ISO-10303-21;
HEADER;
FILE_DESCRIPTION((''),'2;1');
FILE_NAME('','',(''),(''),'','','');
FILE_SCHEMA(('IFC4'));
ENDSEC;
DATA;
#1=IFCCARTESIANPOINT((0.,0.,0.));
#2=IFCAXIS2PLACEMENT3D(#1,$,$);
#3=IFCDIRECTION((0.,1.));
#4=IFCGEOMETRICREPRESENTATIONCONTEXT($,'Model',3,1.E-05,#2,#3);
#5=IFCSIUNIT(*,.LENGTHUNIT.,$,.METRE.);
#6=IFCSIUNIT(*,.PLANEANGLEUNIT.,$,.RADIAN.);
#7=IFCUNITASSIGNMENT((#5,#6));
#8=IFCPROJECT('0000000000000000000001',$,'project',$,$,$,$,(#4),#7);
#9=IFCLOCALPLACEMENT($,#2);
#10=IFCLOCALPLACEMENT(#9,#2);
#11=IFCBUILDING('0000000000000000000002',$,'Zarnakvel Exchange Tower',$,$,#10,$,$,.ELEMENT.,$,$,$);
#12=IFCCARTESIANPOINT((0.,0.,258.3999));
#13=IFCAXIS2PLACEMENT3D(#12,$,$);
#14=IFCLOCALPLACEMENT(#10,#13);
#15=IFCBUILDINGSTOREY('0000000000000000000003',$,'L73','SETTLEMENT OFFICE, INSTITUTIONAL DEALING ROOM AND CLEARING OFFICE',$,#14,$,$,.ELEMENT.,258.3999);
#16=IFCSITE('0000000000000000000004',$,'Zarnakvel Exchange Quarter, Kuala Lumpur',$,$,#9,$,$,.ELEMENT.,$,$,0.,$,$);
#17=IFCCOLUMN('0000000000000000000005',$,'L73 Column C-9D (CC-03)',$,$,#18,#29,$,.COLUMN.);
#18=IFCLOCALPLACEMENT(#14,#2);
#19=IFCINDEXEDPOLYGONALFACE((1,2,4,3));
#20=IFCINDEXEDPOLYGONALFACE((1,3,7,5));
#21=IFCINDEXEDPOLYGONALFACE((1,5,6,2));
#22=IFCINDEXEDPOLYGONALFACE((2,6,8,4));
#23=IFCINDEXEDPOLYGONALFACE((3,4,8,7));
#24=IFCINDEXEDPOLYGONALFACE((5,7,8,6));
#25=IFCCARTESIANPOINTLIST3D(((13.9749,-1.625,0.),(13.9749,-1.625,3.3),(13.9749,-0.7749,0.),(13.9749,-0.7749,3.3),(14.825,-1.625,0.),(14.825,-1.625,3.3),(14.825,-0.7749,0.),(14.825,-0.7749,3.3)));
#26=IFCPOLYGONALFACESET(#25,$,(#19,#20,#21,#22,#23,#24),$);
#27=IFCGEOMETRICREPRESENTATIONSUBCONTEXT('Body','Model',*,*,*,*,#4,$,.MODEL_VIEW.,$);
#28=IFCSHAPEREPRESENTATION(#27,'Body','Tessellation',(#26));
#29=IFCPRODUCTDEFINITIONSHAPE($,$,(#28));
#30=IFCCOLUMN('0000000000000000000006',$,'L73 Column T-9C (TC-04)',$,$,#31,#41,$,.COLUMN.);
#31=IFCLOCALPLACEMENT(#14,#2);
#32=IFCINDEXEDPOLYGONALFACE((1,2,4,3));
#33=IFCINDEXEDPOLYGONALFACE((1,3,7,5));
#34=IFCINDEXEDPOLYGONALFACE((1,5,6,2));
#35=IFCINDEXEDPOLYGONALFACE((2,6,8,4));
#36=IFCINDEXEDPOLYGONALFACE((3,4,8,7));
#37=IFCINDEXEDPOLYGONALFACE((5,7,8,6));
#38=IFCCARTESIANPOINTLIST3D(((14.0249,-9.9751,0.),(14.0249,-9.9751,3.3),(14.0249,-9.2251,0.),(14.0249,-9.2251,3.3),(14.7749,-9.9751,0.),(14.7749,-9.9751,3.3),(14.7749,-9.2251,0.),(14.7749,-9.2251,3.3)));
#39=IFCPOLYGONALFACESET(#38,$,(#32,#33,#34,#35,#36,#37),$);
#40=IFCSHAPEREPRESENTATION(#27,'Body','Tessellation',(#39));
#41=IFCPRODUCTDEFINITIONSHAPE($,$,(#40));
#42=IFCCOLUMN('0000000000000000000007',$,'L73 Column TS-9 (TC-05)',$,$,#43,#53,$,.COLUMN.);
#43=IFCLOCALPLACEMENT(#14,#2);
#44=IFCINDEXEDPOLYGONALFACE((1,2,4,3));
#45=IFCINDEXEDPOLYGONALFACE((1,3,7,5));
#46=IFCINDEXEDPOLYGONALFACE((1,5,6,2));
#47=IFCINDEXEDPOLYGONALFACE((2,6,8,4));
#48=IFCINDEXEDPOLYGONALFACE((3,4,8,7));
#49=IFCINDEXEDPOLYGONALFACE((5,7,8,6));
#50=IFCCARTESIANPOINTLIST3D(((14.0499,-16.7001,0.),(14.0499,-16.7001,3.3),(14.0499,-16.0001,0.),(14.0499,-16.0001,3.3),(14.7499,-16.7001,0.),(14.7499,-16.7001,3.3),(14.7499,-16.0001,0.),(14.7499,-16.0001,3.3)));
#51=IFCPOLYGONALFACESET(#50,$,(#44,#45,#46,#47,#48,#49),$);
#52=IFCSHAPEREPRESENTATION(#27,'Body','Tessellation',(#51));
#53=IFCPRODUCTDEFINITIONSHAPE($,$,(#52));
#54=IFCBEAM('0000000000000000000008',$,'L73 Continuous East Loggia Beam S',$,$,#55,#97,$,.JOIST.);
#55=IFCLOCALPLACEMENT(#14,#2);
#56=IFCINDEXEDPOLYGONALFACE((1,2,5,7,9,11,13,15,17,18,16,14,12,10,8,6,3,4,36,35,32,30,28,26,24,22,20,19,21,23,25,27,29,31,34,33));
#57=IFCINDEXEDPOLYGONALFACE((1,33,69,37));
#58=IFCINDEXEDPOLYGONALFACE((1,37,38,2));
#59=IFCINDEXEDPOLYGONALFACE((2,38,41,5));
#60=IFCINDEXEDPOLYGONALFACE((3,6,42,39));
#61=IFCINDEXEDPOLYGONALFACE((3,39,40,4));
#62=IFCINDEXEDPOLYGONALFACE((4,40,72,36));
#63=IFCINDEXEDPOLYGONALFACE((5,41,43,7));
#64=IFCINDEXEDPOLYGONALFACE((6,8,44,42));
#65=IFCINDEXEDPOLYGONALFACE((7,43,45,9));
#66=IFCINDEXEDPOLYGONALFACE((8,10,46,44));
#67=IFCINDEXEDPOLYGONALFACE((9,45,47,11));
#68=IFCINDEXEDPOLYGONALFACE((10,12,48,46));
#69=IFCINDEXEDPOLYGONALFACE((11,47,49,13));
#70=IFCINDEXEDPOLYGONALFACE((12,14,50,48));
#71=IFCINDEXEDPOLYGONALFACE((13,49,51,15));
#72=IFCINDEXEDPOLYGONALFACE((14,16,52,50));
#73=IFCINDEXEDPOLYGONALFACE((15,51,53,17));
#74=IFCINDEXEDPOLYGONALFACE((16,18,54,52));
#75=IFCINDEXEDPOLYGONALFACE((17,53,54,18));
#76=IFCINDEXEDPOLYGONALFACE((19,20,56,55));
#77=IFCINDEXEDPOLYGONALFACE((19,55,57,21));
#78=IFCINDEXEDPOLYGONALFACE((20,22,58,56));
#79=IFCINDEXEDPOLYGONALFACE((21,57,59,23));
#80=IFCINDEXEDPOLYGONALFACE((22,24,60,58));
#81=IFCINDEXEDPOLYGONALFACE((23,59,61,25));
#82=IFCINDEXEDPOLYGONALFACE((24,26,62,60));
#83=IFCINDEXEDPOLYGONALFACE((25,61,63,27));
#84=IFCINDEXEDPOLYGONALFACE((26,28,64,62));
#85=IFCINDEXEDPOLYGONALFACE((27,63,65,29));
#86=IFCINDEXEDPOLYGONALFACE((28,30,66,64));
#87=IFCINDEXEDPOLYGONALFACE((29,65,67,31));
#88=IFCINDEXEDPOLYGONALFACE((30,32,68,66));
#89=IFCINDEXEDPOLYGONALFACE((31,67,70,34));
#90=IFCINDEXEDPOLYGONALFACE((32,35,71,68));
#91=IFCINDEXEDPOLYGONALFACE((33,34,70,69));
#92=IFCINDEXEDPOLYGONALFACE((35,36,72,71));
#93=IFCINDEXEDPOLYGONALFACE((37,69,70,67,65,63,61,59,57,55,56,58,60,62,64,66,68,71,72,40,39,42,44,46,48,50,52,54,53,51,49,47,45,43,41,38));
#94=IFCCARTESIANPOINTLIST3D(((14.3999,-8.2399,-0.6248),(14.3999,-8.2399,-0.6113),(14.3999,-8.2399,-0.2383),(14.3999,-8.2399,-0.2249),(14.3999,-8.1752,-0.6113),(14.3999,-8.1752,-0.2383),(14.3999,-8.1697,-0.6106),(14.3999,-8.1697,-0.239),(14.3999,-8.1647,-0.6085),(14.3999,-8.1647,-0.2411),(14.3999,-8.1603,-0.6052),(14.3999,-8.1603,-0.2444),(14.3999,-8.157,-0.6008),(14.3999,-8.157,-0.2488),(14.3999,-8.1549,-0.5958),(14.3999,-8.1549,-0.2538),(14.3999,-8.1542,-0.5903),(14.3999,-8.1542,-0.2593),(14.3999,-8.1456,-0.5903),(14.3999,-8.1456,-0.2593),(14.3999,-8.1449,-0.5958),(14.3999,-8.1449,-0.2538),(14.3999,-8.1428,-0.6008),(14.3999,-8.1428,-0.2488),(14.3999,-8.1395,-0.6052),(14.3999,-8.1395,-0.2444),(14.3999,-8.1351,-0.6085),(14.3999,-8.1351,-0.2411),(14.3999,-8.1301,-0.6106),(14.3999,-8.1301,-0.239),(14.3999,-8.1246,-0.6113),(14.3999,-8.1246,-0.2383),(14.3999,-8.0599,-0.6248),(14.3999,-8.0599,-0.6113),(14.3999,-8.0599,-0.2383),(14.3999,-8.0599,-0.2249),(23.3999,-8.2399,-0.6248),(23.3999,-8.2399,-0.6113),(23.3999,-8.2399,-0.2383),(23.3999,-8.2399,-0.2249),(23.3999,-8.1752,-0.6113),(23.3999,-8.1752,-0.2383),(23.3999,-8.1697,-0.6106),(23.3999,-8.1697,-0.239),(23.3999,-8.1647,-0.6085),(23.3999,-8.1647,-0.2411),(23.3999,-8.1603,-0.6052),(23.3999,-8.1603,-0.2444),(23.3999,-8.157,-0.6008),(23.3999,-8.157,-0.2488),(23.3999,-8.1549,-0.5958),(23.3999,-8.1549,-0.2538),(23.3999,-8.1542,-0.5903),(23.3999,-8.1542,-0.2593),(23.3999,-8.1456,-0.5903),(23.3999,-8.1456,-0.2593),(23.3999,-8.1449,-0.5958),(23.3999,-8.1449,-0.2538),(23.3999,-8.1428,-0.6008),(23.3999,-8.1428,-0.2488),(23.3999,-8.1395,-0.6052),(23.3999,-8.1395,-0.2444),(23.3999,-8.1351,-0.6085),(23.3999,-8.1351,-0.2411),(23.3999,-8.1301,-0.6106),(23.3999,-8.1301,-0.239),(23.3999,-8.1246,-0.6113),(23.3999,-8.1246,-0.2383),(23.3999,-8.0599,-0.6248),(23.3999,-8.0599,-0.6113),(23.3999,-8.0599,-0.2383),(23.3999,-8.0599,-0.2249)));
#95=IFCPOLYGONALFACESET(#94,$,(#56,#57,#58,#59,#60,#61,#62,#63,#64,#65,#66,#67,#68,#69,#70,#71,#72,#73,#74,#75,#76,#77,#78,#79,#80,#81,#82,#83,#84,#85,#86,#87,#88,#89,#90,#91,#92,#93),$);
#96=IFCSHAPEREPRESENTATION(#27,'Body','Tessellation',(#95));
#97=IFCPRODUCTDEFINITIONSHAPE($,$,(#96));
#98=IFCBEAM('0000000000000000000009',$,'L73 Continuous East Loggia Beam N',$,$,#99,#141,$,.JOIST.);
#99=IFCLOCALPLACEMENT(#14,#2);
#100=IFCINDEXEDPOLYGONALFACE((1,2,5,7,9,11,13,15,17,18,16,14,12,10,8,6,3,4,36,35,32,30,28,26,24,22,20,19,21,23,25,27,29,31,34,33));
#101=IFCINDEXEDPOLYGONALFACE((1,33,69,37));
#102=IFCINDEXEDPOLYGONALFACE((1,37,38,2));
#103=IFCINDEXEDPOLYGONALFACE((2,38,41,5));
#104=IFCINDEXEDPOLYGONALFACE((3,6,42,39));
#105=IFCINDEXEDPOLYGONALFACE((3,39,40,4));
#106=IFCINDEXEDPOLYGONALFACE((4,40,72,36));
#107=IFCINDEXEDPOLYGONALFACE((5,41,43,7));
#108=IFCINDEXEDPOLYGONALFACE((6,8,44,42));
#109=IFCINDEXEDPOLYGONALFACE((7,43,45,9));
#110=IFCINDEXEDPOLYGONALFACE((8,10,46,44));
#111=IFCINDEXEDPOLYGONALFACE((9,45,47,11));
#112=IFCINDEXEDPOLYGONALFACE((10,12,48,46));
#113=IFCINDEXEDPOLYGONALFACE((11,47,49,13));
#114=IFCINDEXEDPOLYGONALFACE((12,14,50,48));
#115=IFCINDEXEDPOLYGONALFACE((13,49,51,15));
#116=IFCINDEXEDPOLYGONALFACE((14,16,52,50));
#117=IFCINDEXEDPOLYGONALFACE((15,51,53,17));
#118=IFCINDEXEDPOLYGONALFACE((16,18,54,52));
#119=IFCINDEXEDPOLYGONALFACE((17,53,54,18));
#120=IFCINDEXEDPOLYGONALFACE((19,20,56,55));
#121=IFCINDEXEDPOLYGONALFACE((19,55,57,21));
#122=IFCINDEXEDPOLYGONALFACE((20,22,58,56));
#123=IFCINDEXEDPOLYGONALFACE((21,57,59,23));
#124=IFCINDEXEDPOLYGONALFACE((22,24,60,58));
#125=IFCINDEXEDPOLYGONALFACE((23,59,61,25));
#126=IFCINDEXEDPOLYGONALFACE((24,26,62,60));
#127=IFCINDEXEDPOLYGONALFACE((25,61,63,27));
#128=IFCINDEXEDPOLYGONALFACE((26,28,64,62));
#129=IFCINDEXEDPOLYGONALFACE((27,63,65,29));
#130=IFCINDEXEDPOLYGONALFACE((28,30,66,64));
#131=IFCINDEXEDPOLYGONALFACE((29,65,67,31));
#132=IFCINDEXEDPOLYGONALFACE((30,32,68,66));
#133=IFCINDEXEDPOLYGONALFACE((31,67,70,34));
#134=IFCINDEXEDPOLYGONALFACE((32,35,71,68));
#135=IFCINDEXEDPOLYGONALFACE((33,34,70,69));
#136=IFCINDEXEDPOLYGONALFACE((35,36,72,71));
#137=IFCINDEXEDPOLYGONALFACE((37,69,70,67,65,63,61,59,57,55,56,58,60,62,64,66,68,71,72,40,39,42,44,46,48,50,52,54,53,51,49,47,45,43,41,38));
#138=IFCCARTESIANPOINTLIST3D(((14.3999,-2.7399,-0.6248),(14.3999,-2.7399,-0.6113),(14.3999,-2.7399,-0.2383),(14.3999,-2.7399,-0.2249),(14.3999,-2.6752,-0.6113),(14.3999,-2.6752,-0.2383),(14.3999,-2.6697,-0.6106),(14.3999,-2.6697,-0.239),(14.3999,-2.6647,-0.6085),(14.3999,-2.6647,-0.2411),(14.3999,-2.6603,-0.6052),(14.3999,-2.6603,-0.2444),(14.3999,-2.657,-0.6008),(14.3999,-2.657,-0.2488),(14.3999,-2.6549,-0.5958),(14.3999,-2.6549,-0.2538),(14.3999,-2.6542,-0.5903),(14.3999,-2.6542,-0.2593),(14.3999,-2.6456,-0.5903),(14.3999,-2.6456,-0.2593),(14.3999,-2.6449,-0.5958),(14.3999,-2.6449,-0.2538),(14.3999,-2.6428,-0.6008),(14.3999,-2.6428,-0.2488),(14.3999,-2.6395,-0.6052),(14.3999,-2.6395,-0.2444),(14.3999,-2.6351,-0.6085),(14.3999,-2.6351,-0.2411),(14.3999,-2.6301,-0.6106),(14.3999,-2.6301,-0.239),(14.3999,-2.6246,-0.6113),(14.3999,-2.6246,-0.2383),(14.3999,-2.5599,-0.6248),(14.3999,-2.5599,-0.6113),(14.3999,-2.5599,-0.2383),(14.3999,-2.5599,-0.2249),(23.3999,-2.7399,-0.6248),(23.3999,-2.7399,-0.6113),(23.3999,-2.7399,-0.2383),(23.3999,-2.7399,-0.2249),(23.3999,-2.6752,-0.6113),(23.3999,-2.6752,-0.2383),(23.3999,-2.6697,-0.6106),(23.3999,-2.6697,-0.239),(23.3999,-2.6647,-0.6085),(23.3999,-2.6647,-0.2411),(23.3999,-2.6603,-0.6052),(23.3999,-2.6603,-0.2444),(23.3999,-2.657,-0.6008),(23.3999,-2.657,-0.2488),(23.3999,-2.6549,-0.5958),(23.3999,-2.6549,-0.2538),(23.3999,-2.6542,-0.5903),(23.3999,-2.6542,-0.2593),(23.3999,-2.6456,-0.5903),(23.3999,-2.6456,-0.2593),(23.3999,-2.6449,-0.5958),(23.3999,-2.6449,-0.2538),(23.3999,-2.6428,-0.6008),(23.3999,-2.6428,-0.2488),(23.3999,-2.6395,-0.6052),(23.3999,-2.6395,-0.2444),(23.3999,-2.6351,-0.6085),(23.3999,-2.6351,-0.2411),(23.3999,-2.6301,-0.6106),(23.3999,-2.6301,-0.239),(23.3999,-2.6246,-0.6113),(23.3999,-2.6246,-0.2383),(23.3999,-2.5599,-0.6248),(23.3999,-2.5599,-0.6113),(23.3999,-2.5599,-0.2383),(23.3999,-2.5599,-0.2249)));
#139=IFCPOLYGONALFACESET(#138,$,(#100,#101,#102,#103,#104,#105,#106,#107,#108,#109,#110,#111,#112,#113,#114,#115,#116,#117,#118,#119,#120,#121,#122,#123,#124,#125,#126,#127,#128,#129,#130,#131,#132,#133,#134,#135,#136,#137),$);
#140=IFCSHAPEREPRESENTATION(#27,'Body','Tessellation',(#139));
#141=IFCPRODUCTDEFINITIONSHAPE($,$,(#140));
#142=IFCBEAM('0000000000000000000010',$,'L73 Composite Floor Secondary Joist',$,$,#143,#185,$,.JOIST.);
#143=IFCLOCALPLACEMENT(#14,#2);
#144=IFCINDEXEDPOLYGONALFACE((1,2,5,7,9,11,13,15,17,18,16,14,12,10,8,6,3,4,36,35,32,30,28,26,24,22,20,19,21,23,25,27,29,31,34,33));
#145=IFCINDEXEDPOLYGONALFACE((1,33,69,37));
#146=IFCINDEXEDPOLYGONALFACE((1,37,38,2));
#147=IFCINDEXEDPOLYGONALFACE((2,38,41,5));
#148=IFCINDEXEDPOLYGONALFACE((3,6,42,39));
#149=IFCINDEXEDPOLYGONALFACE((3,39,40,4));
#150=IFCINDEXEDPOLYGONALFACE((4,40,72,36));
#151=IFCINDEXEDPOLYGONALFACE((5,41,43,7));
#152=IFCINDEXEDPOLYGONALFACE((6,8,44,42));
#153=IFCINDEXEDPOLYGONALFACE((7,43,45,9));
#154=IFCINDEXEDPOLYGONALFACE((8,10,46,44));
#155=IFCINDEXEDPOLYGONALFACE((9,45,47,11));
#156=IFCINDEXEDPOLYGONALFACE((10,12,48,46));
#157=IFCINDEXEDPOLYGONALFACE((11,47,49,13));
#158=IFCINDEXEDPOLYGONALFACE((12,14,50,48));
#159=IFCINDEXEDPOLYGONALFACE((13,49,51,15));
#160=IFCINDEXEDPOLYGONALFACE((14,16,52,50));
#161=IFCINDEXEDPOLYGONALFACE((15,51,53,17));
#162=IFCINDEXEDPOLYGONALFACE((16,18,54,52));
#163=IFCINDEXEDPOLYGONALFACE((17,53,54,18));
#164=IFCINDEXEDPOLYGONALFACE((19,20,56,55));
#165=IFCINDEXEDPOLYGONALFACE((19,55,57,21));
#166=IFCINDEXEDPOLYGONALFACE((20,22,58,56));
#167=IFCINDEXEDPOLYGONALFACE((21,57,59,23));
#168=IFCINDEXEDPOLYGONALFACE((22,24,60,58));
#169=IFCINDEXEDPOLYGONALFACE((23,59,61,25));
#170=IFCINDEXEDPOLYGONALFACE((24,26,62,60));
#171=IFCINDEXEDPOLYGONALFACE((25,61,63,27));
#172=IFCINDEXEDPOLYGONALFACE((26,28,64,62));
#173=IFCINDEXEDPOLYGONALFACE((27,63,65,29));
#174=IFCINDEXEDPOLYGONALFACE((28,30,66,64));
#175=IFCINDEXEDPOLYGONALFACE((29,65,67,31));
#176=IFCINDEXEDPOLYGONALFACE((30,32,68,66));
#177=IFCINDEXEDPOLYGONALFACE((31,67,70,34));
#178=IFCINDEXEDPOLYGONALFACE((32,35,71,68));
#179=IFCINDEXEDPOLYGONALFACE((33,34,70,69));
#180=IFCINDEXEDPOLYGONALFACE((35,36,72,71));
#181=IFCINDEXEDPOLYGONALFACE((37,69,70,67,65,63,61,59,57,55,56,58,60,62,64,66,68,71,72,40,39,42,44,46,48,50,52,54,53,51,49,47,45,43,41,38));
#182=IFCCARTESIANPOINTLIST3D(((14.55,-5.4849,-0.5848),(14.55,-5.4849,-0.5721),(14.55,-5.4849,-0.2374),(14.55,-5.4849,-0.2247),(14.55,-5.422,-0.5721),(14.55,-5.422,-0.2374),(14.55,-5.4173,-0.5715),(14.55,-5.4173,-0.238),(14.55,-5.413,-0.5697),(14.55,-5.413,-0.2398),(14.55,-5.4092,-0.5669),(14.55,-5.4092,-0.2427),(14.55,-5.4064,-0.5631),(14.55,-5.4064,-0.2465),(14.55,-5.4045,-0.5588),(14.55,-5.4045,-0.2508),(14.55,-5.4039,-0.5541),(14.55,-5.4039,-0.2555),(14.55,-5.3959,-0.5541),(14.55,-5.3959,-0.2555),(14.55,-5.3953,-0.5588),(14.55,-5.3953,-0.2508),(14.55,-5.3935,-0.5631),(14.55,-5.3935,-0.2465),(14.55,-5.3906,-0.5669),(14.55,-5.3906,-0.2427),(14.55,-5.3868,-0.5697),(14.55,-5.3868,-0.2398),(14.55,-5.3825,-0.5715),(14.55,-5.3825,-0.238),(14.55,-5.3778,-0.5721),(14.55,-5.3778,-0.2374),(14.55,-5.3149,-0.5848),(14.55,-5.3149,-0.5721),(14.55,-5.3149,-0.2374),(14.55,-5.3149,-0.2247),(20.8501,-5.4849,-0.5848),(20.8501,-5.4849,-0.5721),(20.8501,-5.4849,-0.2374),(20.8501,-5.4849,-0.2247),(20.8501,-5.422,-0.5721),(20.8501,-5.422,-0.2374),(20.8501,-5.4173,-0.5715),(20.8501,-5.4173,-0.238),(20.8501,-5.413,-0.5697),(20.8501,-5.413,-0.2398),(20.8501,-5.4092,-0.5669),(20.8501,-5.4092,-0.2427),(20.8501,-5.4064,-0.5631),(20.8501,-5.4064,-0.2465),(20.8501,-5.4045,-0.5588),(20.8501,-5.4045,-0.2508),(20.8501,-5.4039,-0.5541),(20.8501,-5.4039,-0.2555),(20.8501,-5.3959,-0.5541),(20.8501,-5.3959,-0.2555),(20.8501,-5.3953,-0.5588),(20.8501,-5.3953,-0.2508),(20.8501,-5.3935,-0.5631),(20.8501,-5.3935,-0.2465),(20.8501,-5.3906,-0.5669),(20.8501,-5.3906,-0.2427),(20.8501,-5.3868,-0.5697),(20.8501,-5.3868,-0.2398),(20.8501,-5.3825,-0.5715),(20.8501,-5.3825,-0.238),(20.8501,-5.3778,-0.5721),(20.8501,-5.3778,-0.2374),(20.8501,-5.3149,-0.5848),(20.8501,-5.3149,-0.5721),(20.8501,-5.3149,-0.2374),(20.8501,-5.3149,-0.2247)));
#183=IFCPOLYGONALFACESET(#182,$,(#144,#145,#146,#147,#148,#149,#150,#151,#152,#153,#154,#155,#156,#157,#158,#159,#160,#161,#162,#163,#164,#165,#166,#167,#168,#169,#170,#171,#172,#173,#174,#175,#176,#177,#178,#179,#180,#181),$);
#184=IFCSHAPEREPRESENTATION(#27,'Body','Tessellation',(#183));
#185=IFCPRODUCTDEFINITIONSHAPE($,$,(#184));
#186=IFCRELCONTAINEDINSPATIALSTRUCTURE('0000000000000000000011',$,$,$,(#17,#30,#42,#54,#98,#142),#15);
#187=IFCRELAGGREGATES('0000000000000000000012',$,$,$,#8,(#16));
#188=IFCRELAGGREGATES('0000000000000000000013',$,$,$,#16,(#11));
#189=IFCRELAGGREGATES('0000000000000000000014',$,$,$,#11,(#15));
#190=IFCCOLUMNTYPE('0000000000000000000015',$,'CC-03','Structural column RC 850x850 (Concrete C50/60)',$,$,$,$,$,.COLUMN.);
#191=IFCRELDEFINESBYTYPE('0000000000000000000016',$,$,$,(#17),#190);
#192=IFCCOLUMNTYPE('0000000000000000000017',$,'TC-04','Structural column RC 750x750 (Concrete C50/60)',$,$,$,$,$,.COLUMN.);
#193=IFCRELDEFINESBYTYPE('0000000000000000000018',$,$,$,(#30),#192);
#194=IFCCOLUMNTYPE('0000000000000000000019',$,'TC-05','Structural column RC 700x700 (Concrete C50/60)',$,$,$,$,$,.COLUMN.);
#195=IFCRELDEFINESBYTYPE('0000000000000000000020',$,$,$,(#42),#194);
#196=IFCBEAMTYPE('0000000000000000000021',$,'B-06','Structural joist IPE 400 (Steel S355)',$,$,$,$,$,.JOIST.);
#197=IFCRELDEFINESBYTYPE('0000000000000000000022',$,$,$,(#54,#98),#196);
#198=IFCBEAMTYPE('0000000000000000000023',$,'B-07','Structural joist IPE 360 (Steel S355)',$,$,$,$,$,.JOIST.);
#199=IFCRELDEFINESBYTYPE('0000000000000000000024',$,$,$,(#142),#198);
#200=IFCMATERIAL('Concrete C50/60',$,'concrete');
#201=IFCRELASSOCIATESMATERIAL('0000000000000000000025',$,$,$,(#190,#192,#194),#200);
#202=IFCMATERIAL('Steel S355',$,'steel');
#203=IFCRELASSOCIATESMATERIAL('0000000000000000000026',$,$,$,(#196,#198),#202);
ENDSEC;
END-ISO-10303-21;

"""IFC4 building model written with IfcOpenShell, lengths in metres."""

from ifc_helpers import new_model, si_unit, direction, frame, origin, origin_2d, place, context, subcontext, project, spatial, rectangle, i_section, extrude, material, material_profile, profile_set, type_object, element, save


model = new_model("IFC4")

# Units and contexts
model_context = context("Model", 3, precision=1e-05, world=origin(), true_north=direction((0.0, 1.0)))
body_context = subcontext(model_context, "Body", "Model", "MODEL_VIEW")
ifc_project = project(units=[si_unit("LENGTHUNIT", "METRE"), si_unit("PLANEANGLEUNIT", "RADIAN")], contexts=[model_context])

# Site, building, storey
site_placement = place(None, origin())
site = spatial("IfcSite", under=ifc_project, at=site_placement, Name="Zarnakvel Exchange Quarter, Kuala Lumpur", CompositionType="ELEMENT", RefElevation=0.0)
building_placement = place(site_placement, origin())
building = spatial("IfcBuilding", under=site, at=building_placement, Name="Zarnakvel Exchange Tower", CompositionType="ELEMENT")
storey_placement = place(building_placement, frame((0.0, 0.0, 258.3999)))
storey = spatial("IfcBuildingStorey", under=building, at=storey_placement, Name="L73", Description="SETTLEMENT OFFICE, INSTITUTIONAL DEALING ROOM AND CLEARING OFFICE", CompositionType="ELEMENT", Elevation=258.3999)

# Columns
ifc_material_1 = material(Name="Concrete C50/60", Category="concrete")
ifc_material_profile_1 = material_profile(ifc_material_1, rectangle(XDim=0.8501, YDim=0.8501, at=origin_2d()))
ifc_profile_set_1 = profile_set([ifc_material_profile_1], Name="Concrete C50/60")
column_type_1 = type_object("IfcColumnType", Name="CC-03", Description="Structural column RC 850x850 (Concrete C50/60)", PredefinedType="COLUMN", material=ifc_profile_set_1)
column_1_placement = place(storey_placement, frame((14.3999, -1.2, 0.0), z_axis=(0.0, 0.0, 1.0), x_axis=(1.0, 0.0, 0.0)))
element("IfcColumn", 1, at=column_1_placement, inside=storey, type_object=column_type_1, Name="L73 Column C-9D (CC-03)", PredefinedType="COLUMN", context=body_context, shape_type="SweptSolid", body=[
    extrude(rectangle(XDim=0.8501, YDim=0.8501, at=origin_2d()), origin(), (0.0, 0.0, 1.0), 3.3),
])
ifc_material_profile_2 = material_profile(ifc_material_1, rectangle(XDim=0.75, YDim=0.75, at=origin_2d()))
ifc_profile_set_2 = profile_set([ifc_material_profile_2], Name="Concrete C50/60")
column_type_2 = type_object("IfcColumnType", Name="TC-04", Description="Structural column RC 750x750 (Concrete C50/60)", PredefinedType="COLUMN", material=ifc_profile_set_2)
column_2_placement = place(storey_placement, frame((14.3999, -9.6001, 0.0), z_axis=(0.0, 0.0, 1.0), x_axis=(1.0, 0.0, 0.0)))
element("IfcColumn", 2, at=column_2_placement, inside=storey, type_object=column_type_2, Name="L73 Column T-9C (TC-04)", PredefinedType="COLUMN", context=body_context, shape_type="SweptSolid", body=[
    extrude(rectangle(XDim=0.75, YDim=0.75, at=origin_2d()), origin(), (0.0, 0.0, 1.0), 3.3),
])
ifc_material_profile_3 = material_profile(ifc_material_1, rectangle(XDim=0.7, YDim=0.7, at=origin_2d()))
ifc_profile_set_3 = profile_set([ifc_material_profile_3], Name="Concrete C50/60")
column_type_3 = type_object("IfcColumnType", Name="TC-05", Description="Structural column RC 700x700 (Concrete C50/60)", PredefinedType="COLUMN", material=ifc_profile_set_3)
column_3_placement = place(storey_placement, frame((14.3999, -16.3501, 0.0), z_axis=(0.0, 0.0, 1.0), x_axis=(1.0, 0.0, 0.0)))
element("IfcColumn", 3, at=column_3_placement, inside=storey, type_object=column_type_3, Name="L73 Column TS-9 (TC-05)", PredefinedType="COLUMN", context=body_context, shape_type="SweptSolid", body=[
    extrude(rectangle(XDim=0.7, YDim=0.7, at=origin_2d()), origin(), (0.0, 0.0, 1.0), 3.3),
])

# Beams
ifc_material_2 = material(Name="Steel S355", Category="steel")
ifc_material_profile_4 = material_profile(ifc_material_2, i_section(OverallWidth=0.1799, OverallDepth=0.3999, WebThickness=0.0085, FlangeThickness=0.0134, FilletRadius=0.021, at=origin_2d()))
ifc_profile_set_4 = profile_set([ifc_material_profile_4], Name="Steel S355")
beam_type_1 = type_object("IfcBeamType", Name="B-06", Description="Structural joist IPE 400 (Steel S355)", PredefinedType="JOIST", material=ifc_profile_set_4)
for number, where, z_axis, x_axis, name in (
    (4, (14.3999, -8.1499, -0.4248), (1.0, 0.0, 0.0), (0.0, 1.0, 0.0), "L73 Continuous East Loggia Beam S"),
    (5, (14.3999, -2.6499, -0.4248), (1.0, 0.0, 0.0), (0.0, 1.0, 0.0), "L73 Continuous East Loggia Beam N"),
):
    element("IfcBeam", number, at=place(storey_placement, frame(where, z_axis=z_axis, x_axis=x_axis)), inside=storey, type_object=beam_type_1, Name=name, PredefinedType="JOIST", context=body_context, shape_type="SweptSolid", body=[
        extrude(i_section(OverallWidth=0.1799, OverallDepth=0.3999, WebThickness=0.0085, FlangeThickness=0.0134, FilletRadius=0.021, at=origin_2d()), origin(), (0.0, 0.0, 1.0), 9.0),
    ])
ifc_material_profile_5 = material_profile(ifc_material_2, i_section(OverallWidth=0.1699, OverallDepth=0.3601, WebThickness=0.0081, FlangeThickness=0.0127, FilletRadius=0.0181, at=origin_2d()))
ifc_profile_set_5 = profile_set([ifc_material_profile_5], Name="Steel S355")
beam_type_2 = type_object("IfcBeamType", Name="B-07", Description="Structural joist IPE 360 (Steel S355)", PredefinedType="JOIST", material=ifc_profile_set_5)
beam_1_placement = place(storey_placement, frame((14.55, -5.3999, -0.4048), z_axis=(1.0, 0.0, 0.0), x_axis=(0.0, 1.0, 0.0)))
element("IfcBeam", 6, at=beam_1_placement, inside=storey, type_object=beam_type_2, Name="L73 Composite Floor Secondary Joist", PredefinedType="JOIST", context=body_context, shape_type="SweptSolid", body=[
    extrude(i_section(OverallWidth=0.1699, OverallDepth=0.3601, WebThickness=0.0081, FlangeThickness=0.0127, FilletRadius=0.0181, at=origin_2d()), origin(), (0.0, 0.0, 1.0), 6.3),
])

save(model, "model.ifc")
